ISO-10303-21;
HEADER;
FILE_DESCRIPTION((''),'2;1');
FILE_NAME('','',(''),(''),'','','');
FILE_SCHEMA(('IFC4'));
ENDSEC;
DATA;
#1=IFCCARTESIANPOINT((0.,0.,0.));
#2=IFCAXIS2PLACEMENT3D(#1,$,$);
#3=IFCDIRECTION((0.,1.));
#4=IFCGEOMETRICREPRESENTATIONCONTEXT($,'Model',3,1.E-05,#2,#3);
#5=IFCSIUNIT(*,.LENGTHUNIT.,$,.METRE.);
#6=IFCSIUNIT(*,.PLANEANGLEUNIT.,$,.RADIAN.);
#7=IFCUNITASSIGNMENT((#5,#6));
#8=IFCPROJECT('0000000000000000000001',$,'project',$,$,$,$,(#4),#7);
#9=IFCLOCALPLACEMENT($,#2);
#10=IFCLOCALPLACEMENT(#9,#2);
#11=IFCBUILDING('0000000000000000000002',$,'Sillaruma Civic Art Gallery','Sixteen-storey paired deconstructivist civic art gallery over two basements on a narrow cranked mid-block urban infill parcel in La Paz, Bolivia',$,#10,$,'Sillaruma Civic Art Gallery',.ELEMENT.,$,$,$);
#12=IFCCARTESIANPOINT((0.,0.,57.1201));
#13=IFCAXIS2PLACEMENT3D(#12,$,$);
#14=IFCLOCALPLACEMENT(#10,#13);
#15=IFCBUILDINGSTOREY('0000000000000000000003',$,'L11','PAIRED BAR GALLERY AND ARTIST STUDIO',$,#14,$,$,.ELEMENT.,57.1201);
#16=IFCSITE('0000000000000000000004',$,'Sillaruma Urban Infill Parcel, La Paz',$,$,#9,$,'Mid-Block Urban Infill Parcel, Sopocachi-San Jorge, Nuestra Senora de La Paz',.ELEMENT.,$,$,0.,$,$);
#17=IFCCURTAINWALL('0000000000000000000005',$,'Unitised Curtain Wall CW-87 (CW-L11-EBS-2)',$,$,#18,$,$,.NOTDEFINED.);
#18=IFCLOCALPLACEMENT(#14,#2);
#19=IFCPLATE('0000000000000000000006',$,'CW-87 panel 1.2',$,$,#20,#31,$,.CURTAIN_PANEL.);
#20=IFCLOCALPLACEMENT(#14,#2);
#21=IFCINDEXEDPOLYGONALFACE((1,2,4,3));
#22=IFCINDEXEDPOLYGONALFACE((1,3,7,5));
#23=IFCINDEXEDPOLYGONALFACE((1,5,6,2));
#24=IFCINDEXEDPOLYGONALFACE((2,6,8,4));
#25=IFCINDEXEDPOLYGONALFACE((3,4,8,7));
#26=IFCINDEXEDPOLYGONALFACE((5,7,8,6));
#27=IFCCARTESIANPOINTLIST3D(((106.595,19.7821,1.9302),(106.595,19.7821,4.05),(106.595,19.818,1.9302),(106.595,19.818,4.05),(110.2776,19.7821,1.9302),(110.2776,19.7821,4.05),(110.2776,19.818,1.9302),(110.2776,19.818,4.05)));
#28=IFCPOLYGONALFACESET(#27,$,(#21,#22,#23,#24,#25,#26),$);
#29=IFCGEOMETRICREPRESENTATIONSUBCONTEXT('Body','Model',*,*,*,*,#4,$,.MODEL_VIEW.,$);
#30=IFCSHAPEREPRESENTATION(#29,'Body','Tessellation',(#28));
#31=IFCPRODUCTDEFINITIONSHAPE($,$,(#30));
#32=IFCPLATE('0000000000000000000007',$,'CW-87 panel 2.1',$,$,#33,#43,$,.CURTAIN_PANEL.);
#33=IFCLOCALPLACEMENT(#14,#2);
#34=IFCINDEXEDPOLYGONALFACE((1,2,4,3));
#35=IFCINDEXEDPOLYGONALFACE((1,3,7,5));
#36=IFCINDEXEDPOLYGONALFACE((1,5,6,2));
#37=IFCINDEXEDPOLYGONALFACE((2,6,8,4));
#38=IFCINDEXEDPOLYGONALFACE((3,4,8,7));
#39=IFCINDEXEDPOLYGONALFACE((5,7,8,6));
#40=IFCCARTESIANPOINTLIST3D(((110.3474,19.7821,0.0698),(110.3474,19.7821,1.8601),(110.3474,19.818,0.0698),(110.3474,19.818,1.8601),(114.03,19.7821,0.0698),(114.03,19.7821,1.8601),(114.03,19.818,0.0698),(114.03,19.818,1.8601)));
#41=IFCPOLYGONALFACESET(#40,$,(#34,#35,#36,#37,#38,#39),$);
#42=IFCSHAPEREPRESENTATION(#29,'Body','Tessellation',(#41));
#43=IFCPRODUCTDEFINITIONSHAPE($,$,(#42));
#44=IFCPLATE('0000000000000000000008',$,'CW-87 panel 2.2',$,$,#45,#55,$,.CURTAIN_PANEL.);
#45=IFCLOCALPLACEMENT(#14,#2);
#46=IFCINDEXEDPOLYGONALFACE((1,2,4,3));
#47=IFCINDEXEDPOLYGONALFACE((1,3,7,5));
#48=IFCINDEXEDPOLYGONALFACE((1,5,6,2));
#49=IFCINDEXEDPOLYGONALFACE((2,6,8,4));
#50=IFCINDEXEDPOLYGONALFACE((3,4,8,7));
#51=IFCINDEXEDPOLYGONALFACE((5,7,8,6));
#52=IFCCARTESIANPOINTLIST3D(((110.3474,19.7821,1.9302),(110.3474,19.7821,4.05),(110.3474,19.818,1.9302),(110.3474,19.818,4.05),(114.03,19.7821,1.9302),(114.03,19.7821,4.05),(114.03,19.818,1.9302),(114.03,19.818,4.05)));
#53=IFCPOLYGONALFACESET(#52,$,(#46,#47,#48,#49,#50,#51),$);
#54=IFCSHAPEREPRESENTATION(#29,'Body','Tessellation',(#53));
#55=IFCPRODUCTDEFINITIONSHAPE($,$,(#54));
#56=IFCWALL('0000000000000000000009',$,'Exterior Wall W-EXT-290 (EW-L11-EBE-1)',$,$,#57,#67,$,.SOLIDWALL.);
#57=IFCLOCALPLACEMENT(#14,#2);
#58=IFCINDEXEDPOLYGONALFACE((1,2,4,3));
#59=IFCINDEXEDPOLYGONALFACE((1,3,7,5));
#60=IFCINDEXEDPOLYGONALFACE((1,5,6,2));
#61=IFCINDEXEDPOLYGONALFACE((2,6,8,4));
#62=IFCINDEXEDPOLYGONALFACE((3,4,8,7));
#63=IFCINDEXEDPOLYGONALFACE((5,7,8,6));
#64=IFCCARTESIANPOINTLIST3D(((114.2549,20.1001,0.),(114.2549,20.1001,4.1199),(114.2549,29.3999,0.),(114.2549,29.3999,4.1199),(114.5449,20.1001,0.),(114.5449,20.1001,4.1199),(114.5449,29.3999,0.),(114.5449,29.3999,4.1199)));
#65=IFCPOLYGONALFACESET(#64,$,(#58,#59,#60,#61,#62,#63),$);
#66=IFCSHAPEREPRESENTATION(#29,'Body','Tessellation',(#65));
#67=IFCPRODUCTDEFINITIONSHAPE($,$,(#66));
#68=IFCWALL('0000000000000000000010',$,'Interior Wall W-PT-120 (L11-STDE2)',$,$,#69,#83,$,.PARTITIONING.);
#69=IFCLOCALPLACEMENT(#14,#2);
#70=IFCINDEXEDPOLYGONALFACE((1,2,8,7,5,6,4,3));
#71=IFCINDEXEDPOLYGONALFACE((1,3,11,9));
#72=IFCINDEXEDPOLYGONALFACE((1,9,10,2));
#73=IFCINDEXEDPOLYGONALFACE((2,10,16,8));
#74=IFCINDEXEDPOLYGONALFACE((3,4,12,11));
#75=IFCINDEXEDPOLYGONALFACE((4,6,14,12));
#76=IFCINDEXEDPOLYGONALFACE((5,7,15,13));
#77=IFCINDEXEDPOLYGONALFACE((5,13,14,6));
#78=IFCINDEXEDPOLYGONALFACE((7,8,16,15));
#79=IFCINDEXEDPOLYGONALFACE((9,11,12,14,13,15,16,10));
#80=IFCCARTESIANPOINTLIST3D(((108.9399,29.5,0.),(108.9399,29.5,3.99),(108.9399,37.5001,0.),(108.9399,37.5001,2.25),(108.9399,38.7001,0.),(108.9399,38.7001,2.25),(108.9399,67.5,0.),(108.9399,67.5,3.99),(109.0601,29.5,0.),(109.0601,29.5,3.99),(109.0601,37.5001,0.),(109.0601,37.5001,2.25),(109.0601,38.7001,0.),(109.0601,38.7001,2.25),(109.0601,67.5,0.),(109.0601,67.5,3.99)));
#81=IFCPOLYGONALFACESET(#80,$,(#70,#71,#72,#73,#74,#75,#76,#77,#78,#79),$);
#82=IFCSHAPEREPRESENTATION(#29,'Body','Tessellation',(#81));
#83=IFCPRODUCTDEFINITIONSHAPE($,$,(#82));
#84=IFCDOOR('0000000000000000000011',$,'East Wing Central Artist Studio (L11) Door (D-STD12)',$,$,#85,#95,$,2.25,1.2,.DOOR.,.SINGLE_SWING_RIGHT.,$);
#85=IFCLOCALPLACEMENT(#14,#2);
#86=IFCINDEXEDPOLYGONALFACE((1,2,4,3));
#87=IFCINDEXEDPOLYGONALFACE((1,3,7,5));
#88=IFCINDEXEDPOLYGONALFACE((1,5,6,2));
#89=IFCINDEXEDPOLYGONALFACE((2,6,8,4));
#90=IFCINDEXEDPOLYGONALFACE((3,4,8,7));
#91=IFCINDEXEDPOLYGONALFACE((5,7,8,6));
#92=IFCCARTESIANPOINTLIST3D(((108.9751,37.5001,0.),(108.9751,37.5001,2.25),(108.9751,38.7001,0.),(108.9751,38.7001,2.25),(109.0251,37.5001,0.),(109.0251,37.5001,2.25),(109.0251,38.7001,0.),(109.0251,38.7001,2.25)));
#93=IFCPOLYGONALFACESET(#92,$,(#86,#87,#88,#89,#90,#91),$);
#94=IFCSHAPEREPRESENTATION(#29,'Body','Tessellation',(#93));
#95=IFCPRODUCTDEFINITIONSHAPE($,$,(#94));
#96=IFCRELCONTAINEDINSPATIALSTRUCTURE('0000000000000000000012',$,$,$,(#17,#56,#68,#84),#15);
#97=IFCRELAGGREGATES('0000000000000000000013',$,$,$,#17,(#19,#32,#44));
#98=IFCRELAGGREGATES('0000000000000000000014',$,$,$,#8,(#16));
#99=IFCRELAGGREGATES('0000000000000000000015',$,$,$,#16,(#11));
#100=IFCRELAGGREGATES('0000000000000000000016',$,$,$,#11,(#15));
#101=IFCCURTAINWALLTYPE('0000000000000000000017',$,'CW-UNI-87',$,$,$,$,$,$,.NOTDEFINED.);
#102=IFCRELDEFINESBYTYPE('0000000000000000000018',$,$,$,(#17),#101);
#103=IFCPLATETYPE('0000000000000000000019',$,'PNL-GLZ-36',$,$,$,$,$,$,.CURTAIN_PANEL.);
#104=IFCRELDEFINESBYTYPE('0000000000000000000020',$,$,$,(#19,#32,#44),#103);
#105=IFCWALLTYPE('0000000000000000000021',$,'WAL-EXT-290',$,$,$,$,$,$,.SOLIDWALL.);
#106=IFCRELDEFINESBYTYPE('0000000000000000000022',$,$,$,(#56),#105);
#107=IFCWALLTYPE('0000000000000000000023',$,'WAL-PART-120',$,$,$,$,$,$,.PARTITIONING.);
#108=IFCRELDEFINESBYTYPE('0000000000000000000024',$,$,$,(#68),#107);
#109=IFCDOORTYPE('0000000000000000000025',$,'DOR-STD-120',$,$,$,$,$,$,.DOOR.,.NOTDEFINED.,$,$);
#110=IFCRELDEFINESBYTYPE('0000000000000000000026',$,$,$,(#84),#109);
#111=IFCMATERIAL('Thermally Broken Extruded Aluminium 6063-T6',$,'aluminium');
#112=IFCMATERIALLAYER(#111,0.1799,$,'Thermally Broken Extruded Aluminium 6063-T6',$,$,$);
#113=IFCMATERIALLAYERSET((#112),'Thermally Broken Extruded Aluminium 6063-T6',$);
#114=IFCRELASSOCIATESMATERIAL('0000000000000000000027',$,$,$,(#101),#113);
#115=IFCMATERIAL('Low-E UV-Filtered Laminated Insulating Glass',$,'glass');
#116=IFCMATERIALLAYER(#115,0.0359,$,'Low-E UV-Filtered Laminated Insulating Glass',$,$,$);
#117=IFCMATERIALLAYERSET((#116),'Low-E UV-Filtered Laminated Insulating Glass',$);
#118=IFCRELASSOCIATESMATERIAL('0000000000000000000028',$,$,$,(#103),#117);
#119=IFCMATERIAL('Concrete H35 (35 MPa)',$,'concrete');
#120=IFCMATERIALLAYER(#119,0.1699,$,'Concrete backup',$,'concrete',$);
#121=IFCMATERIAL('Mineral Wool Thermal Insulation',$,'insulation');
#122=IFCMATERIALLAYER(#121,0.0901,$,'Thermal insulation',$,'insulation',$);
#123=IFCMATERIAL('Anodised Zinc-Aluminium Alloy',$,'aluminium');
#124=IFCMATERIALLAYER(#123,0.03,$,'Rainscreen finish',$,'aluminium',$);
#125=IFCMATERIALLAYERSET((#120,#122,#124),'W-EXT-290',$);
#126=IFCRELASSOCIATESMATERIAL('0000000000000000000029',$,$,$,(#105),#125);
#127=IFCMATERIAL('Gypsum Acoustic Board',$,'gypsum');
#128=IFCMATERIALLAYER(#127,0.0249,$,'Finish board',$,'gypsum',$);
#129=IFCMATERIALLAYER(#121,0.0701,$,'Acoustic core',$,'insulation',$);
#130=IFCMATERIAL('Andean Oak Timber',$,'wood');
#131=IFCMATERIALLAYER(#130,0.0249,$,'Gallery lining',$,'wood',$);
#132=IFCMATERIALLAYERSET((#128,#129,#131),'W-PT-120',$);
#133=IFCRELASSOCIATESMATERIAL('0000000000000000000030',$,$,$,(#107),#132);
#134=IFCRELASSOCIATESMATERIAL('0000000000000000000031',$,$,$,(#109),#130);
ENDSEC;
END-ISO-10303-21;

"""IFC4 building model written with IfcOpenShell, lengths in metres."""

from ifc_helpers import new_model, si_unit, direction, frame, frame_2d, origin, origin_2d, place, context, subcontext, project, spatial, rectangle, extrude, material, layer, layer_set, type_object, element, fill, aggregate, save


model = new_model("IFC4")

# Units and contexts
model_context = context("Model", 3, precision=1e-05, world=origin(), true_north=direction((0.0, 1.0)))
body_context = subcontext(model_context, "Body", "Model", "MODEL_VIEW")
ifc_project = project(units=[si_unit("LENGTHUNIT", "METRE"), si_unit("PLANEANGLEUNIT", "RADIAN")], contexts=[model_context])

# Site, building, storey
site_placement = place(None, origin())
site = spatial("IfcSite", under=ifc_project, at=site_placement, Name="Sillaruma Urban Infill Parcel, La Paz", LongName="Mid-Block Urban Infill Parcel, Sopocachi-San Jorge, Nuestra Senora de La Paz", CompositionType="ELEMENT", RefElevation=0.0)
building_placement = place(site_placement, origin())
building = spatial("IfcBuilding", under=site, at=building_placement, Name="Sillaruma Civic Art Gallery", Description="Sixteen-storey paired deconstructivist civic art gallery over two basements on a narrow cranked mid-block urban infill parcel in La Paz, Bolivia", LongName="Sillaruma Civic Art Gallery", CompositionType="ELEMENT")
storey_placement = place(building_placement, frame((0.0, 0.0, 57.1201)))
storey = spatial("IfcBuildingStorey", under=building, at=storey_placement, Name="L11", Description="PAIRED BAR GALLERY AND ARTIST STUDIO", CompositionType="ELEMENT", Elevation=57.1201)

# Shared definitions
ifc_material_1 = material(Name="Concrete H35 (35 MPa)", Category="concrete")

# Curtain wall
ifc_material_2 = material(Name="Thermally Broken Extruded Aluminium 6063-T6", Category="aluminium")
ifc_layer_1 = layer(ifc_material_2, 0.1799, Name="Thermally Broken Extruded Aluminium 6063-T6")
ifc_layer_set_1 = layer_set([ifc_layer_1], Name="Thermally Broken Extruded Aluminium 6063-T6")
curtain_wall_type = type_object("IfcCurtainWallType", Name="CW-UNI-87", PredefinedType="NOTDEFINED", material=ifc_layer_set_1)
curtain_wall_placement = place(storey_placement, origin())
curtain_wall = element("IfcCurtainWall", 1, at=curtain_wall_placement, inside=storey, type_object=curtain_wall_type, Name="Unitised Curtain Wall CW-87 (CW-L11-EBS-2)", PredefinedType="NOTDEFINED")

# Plates
ifc_material_3 = material(Name="Low-E UV-Filtered Laminated Insulating Glass", Category="glass")
ifc_layer_2 = layer(ifc_material_3, 0.0359, Name="Low-E UV-Filtered Laminated Insulating Glass")
ifc_layer_set_2 = layer_set([ifc_layer_2], Name="Low-E UV-Filtered Laminated Insulating Glass")
plate_type = type_object("IfcPlateType", Name="PNL-GLZ-36", PredefinedType="CURTAIN_PANEL", material=ifc_layer_set_2)
plate_1_placement = place(storey_placement, frame((108.4363, 19.8, 1.9302), z_axis=(0.0, 0.0, 1.0), x_axis=(1.0, 0.0, 0.0)))
plate_1 = element("IfcPlate", 2, at=plate_1_placement, type_object=plate_type, Name="CW-87 panel 1.2", PredefinedType="CURTAIN_PANEL", context=body_context, shape_type="SweptSolid", body=[
    extrude(rectangle(XDim=3.6826, YDim=0.0359, at=origin_2d()), origin(), (0.0, 0.0, 1.0), 2.1199),
])
plate_2_placement = place(storey_placement, frame((112.1887, 19.8, 0.0698), z_axis=(0.0, 0.0, 1.0), x_axis=(1.0, 0.0, 0.0)))
plate_2 = element("IfcPlate", 3, at=plate_2_placement, type_object=plate_type, Name="CW-87 panel 2.1", PredefinedType="CURTAIN_PANEL", context=body_context, shape_type="SweptSolid", body=[
    extrude(rectangle(XDim=3.6826, YDim=0.0359, at=origin_2d()), origin(), (0.0, 0.0, 1.0), 1.7903),
])
plate_3_placement = place(storey_placement, frame((112.1887, 19.8, 1.9302), z_axis=(0.0, 0.0, 1.0), x_axis=(1.0, 0.0, 0.0)))
plate_3 = element("IfcPlate", 4, at=plate_3_placement, type_object=plate_type, Name="CW-87 panel 2.2", PredefinedType="CURTAIN_PANEL", context=body_context, shape_type="SweptSolid", body=[
    extrude(rectangle(XDim=3.6826, YDim=0.0359, at=origin_2d()), origin(), (0.0, 0.0, 1.0), 2.1199),
])
aggregate(curtain_wall, [plate_1, plate_2, plate_3])

# Wall
ifc_layer_3 = layer(ifc_material_1, 0.1699, Name="Concrete backup", Category="concrete")
ifc_material_4 = material(Name="Mineral Wool Thermal Insulation", Category="insulation")
ifc_layer_4 = layer(ifc_material_4, 0.0901, Name="Thermal insulation", Category="insulation")
ifc_material_5 = material(Name="Anodised Zinc-Aluminium Alloy", Category="aluminium")
ifc_layer_5 = layer(ifc_material_5, 0.03, Name="Rainscreen finish", Category="aluminium")
ifc_layer_set_3 = layer_set([ifc_layer_3, ifc_layer_4, ifc_layer_5], Name="W-EXT-290")
wall_type_1 = type_object("IfcWallType", Name="WAL-EXT-290", PredefinedType="SOLIDWALL", material=ifc_layer_set_3)
wall_1_placement = place(storey_placement, frame((114.3999, 20.1001, 0.0), z_axis=(0.0, 0.0, 1.0), x_axis=(0.0, 1.0, 0.0)))
element("IfcWall", 5, at=wall_1_placement, inside=storey, type_object=wall_type_1, Name="Exterior Wall W-EXT-290 (EW-L11-EBE-1)", PredefinedType="SOLIDWALL", context=body_context, shape_type="SweptSolid", body=[
    extrude(rectangle(XDim=9.2998, YDim=0.29, at=frame_2d((4.6499, 0.0))), origin(), (0.0, 0.0, 1.0), 4.1199),
])

# Wall, opening, door
ifc_material_6 = material(Name="Gypsum Acoustic Board", Category="gypsum")
ifc_layer_6 = layer(ifc_material_6, 0.0249, Name="Finish board", Category="gypsum")
ifc_layer_7 = layer(ifc_material_4, 0.0701, Name="Acoustic core", Category="insulation")
ifc_material_7 = material(Name="Andean Oak Timber", Category="wood")
ifc_layer_8 = layer(ifc_material_7, 0.0249, Name="Gallery lining", Category="wood")
ifc_layer_set_4 = layer_set([ifc_layer_6, ifc_layer_7, ifc_layer_8], Name="W-PT-120")
wall_type_2 = type_object("IfcWallType", Name="WAL-PART-120", PredefinedType="PARTITIONING", material=ifc_layer_set_4)
wall_2_placement = place(storey_placement, frame((109.0, 29.5, 0.0), z_axis=(0.0, 0.0, 1.0), x_axis=(0.0, 1.0, 0.0)))
wall_2 = element("IfcWall", 6, at=wall_2_placement, inside=storey, type_object=wall_type_2, Name="Interior Wall W-PT-120 (L11-STDE2)", PredefinedType="PARTITIONING", context=body_context, shape_type="SweptSolid", body=[
    extrude(rectangle(XDim=38.0, YDim=0.1201, at=frame_2d((19.0, 0.0))), origin(), (0.0, 0.0, 1.0), 3.99),
])
opening_placement = place(wall_2_placement, frame((8.0, 0.0, 0.0)))
opening = element("IfcOpeningElement", 7, at=opening_placement, cuts=wall_2, PredefinedType="OPENING", context=body_context, shape_type="SweptSolid", body=[
    extrude(rectangle(XDim=1.2, YDim=2.25, at=frame_2d((0.6001, 1.125))), frame((0.0, 0.0701, 0.0), z_axis=(0.0, -1.0, 0.0), x_axis=(1.0, 0.0, 0.0)), (0.0, 0.0, 1.0), 0.1401),
])
door_type = type_object("IfcDoorType", Name="DOR-STD-120", OperationType="NOTDEFINED", PredefinedType="DOOR", material=ifc_material_7)
door_placement = place(opening_placement, origin())
door = element("IfcDoor", 8, at=door_placement, inside=storey, type_object=door_type, Name="East Wing Central Artist Studio (L11) Door (D-STD12)", OperationType="SINGLE_SWING_RIGHT", OverallHeight=2.25, OverallWidth=1.2, PredefinedType="DOOR", context=body_context, shape_type="SweptSolid", body=[
    extrude(rectangle(XDim=1.2, YDim=2.25, at=frame_2d((0.6001, 1.125))), frame((0.0, 0.0249, 0.0), z_axis=(0.0, -1.0, 0.0), x_axis=(1.0, 0.0, 0.0)), (0.0, 0.0, 1.0), 0.05),
])
fill(opening, door)

save(model, "model.ifc")
